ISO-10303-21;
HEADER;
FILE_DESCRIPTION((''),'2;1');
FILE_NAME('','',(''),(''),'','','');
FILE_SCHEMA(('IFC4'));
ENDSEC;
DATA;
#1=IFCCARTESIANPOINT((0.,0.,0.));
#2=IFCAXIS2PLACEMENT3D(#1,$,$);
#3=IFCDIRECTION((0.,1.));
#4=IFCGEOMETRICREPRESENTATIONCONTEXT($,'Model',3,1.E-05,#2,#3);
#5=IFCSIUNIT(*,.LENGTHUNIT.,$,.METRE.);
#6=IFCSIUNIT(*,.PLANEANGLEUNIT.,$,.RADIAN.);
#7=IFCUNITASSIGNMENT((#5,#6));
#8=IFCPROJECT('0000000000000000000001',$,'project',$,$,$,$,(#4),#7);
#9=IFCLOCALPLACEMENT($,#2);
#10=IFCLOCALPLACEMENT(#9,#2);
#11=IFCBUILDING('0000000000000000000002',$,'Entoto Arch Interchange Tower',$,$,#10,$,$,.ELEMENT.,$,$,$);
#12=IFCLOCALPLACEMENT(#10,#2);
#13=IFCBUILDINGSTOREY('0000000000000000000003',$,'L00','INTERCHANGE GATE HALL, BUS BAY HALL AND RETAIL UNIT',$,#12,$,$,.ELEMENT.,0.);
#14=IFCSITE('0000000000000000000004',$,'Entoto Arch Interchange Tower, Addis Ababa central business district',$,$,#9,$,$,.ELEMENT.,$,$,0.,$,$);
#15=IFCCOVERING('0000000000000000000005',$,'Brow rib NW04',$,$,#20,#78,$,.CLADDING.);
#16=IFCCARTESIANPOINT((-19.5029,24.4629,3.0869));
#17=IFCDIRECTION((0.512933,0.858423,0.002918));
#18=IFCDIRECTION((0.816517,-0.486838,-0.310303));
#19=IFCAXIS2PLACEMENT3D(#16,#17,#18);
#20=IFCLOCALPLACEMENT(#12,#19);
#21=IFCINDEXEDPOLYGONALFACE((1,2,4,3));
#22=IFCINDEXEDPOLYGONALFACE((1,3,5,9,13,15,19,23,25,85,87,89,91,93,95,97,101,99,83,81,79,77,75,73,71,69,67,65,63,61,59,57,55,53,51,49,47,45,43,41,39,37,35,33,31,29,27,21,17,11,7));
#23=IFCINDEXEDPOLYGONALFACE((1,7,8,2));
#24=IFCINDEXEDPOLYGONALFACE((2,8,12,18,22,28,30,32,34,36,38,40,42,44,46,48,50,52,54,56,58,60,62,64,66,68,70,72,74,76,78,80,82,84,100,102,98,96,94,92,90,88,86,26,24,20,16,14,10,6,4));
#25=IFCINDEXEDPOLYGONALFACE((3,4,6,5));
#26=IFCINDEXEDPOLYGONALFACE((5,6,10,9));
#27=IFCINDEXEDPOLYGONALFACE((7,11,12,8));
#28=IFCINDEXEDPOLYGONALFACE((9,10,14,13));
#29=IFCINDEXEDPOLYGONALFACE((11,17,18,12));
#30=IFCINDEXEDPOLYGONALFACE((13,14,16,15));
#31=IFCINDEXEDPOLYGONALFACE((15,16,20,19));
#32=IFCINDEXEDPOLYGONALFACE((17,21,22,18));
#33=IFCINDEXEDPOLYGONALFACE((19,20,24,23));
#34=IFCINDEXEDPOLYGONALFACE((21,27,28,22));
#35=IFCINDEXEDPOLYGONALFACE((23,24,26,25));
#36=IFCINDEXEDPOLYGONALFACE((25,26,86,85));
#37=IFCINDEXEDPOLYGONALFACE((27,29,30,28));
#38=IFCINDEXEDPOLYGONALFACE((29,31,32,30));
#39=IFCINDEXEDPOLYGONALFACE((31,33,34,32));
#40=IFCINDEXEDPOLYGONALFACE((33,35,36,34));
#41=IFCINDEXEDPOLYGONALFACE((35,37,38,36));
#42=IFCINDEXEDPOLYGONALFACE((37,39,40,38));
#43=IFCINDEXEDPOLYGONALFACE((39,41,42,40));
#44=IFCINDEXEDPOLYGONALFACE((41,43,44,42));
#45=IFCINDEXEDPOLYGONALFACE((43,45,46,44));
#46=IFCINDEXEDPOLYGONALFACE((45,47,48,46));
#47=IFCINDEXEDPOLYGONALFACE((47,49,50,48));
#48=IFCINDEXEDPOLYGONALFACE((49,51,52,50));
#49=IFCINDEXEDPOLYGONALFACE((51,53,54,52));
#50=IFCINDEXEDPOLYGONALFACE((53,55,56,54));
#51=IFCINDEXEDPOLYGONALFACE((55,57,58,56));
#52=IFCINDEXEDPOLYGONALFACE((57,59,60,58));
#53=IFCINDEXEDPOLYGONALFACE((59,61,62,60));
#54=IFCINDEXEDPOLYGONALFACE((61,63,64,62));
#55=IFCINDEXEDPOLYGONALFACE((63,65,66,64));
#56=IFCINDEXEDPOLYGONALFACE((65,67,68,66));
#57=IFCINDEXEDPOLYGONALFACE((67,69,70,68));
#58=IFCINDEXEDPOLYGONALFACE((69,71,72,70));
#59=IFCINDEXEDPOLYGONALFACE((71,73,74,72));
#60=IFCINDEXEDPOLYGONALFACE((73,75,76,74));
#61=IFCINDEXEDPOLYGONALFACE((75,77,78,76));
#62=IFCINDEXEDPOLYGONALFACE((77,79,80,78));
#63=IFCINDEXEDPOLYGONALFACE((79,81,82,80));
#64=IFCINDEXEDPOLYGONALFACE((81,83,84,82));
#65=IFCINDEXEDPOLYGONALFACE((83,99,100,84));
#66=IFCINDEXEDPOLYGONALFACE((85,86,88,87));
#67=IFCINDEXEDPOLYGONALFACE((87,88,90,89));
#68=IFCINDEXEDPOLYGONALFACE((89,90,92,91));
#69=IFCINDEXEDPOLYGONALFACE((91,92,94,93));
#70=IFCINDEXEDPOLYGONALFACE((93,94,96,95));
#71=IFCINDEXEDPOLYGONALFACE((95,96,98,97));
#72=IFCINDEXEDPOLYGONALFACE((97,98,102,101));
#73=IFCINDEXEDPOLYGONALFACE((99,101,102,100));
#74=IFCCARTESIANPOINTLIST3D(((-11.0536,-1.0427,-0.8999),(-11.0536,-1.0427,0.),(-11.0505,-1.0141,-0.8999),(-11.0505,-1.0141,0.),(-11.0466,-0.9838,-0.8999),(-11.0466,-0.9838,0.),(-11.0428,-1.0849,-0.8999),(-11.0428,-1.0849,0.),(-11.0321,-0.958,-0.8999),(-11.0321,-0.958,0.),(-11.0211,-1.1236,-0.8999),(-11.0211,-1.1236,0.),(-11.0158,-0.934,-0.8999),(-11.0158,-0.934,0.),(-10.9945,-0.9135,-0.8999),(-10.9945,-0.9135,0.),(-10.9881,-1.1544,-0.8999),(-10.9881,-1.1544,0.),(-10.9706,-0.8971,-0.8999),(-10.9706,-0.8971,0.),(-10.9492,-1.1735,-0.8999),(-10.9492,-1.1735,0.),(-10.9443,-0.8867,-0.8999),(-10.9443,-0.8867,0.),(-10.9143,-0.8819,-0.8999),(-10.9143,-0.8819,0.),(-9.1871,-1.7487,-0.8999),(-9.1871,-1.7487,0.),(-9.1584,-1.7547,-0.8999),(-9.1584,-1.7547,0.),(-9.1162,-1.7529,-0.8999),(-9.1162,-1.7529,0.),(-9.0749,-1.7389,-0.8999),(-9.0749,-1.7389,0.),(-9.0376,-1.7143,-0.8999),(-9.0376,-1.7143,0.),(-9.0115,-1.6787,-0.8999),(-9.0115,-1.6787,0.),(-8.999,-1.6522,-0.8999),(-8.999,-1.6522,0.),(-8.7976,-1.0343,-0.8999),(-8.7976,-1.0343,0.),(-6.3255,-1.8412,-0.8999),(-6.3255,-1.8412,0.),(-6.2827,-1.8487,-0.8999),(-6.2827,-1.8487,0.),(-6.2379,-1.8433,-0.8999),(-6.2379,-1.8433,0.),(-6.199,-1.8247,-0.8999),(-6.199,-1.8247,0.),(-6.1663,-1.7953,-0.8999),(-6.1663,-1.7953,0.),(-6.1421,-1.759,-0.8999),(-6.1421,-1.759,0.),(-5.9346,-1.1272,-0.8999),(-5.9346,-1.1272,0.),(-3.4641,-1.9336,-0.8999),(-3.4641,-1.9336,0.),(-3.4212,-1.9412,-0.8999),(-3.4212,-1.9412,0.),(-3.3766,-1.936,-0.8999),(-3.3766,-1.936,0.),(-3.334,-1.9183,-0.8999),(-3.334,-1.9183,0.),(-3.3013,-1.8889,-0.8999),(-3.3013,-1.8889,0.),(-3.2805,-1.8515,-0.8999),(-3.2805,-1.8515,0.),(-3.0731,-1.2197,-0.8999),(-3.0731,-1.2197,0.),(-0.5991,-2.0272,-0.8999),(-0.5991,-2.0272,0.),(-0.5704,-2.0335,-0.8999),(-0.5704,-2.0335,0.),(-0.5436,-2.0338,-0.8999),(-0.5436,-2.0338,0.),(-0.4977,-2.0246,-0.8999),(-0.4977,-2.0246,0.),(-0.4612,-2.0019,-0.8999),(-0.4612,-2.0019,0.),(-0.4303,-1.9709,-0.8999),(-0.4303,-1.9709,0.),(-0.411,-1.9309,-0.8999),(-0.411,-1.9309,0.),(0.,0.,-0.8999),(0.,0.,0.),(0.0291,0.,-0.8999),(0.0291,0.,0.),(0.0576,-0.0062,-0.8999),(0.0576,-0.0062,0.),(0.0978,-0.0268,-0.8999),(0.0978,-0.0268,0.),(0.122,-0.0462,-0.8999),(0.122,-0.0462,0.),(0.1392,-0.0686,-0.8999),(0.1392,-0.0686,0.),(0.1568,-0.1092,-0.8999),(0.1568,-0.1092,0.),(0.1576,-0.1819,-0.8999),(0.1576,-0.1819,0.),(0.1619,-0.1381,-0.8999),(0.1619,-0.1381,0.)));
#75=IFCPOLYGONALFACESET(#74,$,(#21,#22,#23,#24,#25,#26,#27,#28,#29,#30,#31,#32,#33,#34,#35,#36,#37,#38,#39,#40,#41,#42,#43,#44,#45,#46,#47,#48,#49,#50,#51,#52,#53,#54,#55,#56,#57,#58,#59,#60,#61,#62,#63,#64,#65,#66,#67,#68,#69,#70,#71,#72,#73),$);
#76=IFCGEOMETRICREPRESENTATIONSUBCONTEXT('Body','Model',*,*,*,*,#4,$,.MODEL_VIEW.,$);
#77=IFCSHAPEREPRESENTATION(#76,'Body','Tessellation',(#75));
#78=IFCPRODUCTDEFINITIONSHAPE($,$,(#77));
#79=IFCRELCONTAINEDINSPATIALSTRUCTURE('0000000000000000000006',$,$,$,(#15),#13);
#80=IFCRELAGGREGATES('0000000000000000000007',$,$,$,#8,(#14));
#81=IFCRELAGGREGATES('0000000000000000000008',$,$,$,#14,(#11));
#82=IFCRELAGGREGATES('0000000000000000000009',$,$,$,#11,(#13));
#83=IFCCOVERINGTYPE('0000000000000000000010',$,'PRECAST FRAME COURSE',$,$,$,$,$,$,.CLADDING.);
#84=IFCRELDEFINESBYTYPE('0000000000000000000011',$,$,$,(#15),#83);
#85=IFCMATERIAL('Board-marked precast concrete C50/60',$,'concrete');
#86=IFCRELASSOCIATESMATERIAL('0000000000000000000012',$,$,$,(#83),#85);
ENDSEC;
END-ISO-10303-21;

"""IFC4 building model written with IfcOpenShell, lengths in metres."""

from ifc_helpers import new_model, si_unit, direction, frame, origin, place, context, subcontext, project, spatial, polyline, outline, extrude, material, type_object, element, save


model = new_model("IFC4")

# Units and contexts
model_context = context("Model", 3, precision=1e-05, world=origin(), true_north=direction((0.0, 1.0)))
body_context = subcontext(model_context, "Body", "Model", "MODEL_VIEW")
ifc_project = project(units=[si_unit("LENGTHUNIT", "METRE"), si_unit("PLANEANGLEUNIT", "RADIAN")], contexts=[model_context])

# Site, building, storey
site_placement = place(None, origin())
site = spatial("IfcSite", under=ifc_project, at=site_placement, Name="Entoto Arch Interchange Tower, Addis Ababa central business district", CompositionType="ELEMENT", RefElevation=0.0)
building_placement = place(site_placement, origin())
building = spatial("IfcBuilding", under=site, at=building_placement, Name="Entoto Arch Interchange Tower", CompositionType="ELEMENT")
storey_placement = place(building_placement, origin())
storey = spatial("IfcBuildingStorey", under=building, at=storey_placement, Name="L00", Description="INTERCHANGE GATE HALL, BUS BAY HALL AND RETAIL UNIT", CompositionType="ELEMENT", Elevation=0.0)

# Covering
ifc_material_1 = material(Name="Board-marked precast concrete C50/60", Category="concrete")
covering_type = type_object("IfcCoveringType", Name="PRECAST FRAME COURSE", PredefinedType="CLADDING", material=ifc_material_1)
covering_placement = place(storey_placement, frame((-19.5029, 24.4629, 3.0869), z_axis=(0.512933, 0.858423, 0.002918), x_axis=(0.816517, -0.486838, -0.310303)))
element("IfcCovering", 1, at=covering_placement, inside=storey, type_object=covering_type, Name="Brow rib NW04", PredefinedType="CLADDING", context=body_context, shape_type="SweptSolid", body=[
    extrude(outline(polyline([(0.0, 0.0), (0.0291, 0.0), (0.0576, -0.0062), (0.0978, -0.0268), (0.122, -0.0462), (0.1392, -0.0686), (0.1568, -0.1092), (0.1619, -0.1381), (0.1576, -0.1819), (-0.411, -1.9309), (-0.4303, -1.9709), (-0.4612, -2.0019), (-0.4977, -2.0246), (-0.5436, -2.0338), (-0.5704, -2.0335), (-0.5991, -2.0272), (-3.0731, -1.2197), (-3.2805, -1.8515), (-3.3013, -1.8889), (-3.334, -1.9183), (-3.3766, -1.936), (-3.4212, -1.9412), (-3.4641, -1.9336), (-5.9346, -1.1272), (-6.1421, -1.759), (-6.1663, -1.7953), (-6.199, -1.8247), (-6.2379, -1.8433), (-6.2827, -1.8487), (-6.3255, -1.8412), (-8.7976, -1.0343), (-8.999, -1.6522), (-9.0115, -1.6787), (-9.0376, -1.7143), (-9.0749, -1.7389), (-9.1162, -1.7529), (-9.1584, -1.7547), (-9.1871, -1.7487), (-10.9492, -1.1735), (-10.9881, -1.1544), (-11.0211, -1.1236), (-11.0428, -1.0849), (-11.0536, -1.0427), (-11.0505, -1.0141), (-11.0466, -0.9838), (-11.0321, -0.958), (-11.0158, -0.934), (-10.9945, -0.9135), (-10.9706, -0.8971), (-10.9443, -0.8867), (-10.9143, -0.8819), (0.0, 0.0)])), origin(), (0.0, 0.0, -1.0), 0.8999),
])

save(model, "model.ifc")
